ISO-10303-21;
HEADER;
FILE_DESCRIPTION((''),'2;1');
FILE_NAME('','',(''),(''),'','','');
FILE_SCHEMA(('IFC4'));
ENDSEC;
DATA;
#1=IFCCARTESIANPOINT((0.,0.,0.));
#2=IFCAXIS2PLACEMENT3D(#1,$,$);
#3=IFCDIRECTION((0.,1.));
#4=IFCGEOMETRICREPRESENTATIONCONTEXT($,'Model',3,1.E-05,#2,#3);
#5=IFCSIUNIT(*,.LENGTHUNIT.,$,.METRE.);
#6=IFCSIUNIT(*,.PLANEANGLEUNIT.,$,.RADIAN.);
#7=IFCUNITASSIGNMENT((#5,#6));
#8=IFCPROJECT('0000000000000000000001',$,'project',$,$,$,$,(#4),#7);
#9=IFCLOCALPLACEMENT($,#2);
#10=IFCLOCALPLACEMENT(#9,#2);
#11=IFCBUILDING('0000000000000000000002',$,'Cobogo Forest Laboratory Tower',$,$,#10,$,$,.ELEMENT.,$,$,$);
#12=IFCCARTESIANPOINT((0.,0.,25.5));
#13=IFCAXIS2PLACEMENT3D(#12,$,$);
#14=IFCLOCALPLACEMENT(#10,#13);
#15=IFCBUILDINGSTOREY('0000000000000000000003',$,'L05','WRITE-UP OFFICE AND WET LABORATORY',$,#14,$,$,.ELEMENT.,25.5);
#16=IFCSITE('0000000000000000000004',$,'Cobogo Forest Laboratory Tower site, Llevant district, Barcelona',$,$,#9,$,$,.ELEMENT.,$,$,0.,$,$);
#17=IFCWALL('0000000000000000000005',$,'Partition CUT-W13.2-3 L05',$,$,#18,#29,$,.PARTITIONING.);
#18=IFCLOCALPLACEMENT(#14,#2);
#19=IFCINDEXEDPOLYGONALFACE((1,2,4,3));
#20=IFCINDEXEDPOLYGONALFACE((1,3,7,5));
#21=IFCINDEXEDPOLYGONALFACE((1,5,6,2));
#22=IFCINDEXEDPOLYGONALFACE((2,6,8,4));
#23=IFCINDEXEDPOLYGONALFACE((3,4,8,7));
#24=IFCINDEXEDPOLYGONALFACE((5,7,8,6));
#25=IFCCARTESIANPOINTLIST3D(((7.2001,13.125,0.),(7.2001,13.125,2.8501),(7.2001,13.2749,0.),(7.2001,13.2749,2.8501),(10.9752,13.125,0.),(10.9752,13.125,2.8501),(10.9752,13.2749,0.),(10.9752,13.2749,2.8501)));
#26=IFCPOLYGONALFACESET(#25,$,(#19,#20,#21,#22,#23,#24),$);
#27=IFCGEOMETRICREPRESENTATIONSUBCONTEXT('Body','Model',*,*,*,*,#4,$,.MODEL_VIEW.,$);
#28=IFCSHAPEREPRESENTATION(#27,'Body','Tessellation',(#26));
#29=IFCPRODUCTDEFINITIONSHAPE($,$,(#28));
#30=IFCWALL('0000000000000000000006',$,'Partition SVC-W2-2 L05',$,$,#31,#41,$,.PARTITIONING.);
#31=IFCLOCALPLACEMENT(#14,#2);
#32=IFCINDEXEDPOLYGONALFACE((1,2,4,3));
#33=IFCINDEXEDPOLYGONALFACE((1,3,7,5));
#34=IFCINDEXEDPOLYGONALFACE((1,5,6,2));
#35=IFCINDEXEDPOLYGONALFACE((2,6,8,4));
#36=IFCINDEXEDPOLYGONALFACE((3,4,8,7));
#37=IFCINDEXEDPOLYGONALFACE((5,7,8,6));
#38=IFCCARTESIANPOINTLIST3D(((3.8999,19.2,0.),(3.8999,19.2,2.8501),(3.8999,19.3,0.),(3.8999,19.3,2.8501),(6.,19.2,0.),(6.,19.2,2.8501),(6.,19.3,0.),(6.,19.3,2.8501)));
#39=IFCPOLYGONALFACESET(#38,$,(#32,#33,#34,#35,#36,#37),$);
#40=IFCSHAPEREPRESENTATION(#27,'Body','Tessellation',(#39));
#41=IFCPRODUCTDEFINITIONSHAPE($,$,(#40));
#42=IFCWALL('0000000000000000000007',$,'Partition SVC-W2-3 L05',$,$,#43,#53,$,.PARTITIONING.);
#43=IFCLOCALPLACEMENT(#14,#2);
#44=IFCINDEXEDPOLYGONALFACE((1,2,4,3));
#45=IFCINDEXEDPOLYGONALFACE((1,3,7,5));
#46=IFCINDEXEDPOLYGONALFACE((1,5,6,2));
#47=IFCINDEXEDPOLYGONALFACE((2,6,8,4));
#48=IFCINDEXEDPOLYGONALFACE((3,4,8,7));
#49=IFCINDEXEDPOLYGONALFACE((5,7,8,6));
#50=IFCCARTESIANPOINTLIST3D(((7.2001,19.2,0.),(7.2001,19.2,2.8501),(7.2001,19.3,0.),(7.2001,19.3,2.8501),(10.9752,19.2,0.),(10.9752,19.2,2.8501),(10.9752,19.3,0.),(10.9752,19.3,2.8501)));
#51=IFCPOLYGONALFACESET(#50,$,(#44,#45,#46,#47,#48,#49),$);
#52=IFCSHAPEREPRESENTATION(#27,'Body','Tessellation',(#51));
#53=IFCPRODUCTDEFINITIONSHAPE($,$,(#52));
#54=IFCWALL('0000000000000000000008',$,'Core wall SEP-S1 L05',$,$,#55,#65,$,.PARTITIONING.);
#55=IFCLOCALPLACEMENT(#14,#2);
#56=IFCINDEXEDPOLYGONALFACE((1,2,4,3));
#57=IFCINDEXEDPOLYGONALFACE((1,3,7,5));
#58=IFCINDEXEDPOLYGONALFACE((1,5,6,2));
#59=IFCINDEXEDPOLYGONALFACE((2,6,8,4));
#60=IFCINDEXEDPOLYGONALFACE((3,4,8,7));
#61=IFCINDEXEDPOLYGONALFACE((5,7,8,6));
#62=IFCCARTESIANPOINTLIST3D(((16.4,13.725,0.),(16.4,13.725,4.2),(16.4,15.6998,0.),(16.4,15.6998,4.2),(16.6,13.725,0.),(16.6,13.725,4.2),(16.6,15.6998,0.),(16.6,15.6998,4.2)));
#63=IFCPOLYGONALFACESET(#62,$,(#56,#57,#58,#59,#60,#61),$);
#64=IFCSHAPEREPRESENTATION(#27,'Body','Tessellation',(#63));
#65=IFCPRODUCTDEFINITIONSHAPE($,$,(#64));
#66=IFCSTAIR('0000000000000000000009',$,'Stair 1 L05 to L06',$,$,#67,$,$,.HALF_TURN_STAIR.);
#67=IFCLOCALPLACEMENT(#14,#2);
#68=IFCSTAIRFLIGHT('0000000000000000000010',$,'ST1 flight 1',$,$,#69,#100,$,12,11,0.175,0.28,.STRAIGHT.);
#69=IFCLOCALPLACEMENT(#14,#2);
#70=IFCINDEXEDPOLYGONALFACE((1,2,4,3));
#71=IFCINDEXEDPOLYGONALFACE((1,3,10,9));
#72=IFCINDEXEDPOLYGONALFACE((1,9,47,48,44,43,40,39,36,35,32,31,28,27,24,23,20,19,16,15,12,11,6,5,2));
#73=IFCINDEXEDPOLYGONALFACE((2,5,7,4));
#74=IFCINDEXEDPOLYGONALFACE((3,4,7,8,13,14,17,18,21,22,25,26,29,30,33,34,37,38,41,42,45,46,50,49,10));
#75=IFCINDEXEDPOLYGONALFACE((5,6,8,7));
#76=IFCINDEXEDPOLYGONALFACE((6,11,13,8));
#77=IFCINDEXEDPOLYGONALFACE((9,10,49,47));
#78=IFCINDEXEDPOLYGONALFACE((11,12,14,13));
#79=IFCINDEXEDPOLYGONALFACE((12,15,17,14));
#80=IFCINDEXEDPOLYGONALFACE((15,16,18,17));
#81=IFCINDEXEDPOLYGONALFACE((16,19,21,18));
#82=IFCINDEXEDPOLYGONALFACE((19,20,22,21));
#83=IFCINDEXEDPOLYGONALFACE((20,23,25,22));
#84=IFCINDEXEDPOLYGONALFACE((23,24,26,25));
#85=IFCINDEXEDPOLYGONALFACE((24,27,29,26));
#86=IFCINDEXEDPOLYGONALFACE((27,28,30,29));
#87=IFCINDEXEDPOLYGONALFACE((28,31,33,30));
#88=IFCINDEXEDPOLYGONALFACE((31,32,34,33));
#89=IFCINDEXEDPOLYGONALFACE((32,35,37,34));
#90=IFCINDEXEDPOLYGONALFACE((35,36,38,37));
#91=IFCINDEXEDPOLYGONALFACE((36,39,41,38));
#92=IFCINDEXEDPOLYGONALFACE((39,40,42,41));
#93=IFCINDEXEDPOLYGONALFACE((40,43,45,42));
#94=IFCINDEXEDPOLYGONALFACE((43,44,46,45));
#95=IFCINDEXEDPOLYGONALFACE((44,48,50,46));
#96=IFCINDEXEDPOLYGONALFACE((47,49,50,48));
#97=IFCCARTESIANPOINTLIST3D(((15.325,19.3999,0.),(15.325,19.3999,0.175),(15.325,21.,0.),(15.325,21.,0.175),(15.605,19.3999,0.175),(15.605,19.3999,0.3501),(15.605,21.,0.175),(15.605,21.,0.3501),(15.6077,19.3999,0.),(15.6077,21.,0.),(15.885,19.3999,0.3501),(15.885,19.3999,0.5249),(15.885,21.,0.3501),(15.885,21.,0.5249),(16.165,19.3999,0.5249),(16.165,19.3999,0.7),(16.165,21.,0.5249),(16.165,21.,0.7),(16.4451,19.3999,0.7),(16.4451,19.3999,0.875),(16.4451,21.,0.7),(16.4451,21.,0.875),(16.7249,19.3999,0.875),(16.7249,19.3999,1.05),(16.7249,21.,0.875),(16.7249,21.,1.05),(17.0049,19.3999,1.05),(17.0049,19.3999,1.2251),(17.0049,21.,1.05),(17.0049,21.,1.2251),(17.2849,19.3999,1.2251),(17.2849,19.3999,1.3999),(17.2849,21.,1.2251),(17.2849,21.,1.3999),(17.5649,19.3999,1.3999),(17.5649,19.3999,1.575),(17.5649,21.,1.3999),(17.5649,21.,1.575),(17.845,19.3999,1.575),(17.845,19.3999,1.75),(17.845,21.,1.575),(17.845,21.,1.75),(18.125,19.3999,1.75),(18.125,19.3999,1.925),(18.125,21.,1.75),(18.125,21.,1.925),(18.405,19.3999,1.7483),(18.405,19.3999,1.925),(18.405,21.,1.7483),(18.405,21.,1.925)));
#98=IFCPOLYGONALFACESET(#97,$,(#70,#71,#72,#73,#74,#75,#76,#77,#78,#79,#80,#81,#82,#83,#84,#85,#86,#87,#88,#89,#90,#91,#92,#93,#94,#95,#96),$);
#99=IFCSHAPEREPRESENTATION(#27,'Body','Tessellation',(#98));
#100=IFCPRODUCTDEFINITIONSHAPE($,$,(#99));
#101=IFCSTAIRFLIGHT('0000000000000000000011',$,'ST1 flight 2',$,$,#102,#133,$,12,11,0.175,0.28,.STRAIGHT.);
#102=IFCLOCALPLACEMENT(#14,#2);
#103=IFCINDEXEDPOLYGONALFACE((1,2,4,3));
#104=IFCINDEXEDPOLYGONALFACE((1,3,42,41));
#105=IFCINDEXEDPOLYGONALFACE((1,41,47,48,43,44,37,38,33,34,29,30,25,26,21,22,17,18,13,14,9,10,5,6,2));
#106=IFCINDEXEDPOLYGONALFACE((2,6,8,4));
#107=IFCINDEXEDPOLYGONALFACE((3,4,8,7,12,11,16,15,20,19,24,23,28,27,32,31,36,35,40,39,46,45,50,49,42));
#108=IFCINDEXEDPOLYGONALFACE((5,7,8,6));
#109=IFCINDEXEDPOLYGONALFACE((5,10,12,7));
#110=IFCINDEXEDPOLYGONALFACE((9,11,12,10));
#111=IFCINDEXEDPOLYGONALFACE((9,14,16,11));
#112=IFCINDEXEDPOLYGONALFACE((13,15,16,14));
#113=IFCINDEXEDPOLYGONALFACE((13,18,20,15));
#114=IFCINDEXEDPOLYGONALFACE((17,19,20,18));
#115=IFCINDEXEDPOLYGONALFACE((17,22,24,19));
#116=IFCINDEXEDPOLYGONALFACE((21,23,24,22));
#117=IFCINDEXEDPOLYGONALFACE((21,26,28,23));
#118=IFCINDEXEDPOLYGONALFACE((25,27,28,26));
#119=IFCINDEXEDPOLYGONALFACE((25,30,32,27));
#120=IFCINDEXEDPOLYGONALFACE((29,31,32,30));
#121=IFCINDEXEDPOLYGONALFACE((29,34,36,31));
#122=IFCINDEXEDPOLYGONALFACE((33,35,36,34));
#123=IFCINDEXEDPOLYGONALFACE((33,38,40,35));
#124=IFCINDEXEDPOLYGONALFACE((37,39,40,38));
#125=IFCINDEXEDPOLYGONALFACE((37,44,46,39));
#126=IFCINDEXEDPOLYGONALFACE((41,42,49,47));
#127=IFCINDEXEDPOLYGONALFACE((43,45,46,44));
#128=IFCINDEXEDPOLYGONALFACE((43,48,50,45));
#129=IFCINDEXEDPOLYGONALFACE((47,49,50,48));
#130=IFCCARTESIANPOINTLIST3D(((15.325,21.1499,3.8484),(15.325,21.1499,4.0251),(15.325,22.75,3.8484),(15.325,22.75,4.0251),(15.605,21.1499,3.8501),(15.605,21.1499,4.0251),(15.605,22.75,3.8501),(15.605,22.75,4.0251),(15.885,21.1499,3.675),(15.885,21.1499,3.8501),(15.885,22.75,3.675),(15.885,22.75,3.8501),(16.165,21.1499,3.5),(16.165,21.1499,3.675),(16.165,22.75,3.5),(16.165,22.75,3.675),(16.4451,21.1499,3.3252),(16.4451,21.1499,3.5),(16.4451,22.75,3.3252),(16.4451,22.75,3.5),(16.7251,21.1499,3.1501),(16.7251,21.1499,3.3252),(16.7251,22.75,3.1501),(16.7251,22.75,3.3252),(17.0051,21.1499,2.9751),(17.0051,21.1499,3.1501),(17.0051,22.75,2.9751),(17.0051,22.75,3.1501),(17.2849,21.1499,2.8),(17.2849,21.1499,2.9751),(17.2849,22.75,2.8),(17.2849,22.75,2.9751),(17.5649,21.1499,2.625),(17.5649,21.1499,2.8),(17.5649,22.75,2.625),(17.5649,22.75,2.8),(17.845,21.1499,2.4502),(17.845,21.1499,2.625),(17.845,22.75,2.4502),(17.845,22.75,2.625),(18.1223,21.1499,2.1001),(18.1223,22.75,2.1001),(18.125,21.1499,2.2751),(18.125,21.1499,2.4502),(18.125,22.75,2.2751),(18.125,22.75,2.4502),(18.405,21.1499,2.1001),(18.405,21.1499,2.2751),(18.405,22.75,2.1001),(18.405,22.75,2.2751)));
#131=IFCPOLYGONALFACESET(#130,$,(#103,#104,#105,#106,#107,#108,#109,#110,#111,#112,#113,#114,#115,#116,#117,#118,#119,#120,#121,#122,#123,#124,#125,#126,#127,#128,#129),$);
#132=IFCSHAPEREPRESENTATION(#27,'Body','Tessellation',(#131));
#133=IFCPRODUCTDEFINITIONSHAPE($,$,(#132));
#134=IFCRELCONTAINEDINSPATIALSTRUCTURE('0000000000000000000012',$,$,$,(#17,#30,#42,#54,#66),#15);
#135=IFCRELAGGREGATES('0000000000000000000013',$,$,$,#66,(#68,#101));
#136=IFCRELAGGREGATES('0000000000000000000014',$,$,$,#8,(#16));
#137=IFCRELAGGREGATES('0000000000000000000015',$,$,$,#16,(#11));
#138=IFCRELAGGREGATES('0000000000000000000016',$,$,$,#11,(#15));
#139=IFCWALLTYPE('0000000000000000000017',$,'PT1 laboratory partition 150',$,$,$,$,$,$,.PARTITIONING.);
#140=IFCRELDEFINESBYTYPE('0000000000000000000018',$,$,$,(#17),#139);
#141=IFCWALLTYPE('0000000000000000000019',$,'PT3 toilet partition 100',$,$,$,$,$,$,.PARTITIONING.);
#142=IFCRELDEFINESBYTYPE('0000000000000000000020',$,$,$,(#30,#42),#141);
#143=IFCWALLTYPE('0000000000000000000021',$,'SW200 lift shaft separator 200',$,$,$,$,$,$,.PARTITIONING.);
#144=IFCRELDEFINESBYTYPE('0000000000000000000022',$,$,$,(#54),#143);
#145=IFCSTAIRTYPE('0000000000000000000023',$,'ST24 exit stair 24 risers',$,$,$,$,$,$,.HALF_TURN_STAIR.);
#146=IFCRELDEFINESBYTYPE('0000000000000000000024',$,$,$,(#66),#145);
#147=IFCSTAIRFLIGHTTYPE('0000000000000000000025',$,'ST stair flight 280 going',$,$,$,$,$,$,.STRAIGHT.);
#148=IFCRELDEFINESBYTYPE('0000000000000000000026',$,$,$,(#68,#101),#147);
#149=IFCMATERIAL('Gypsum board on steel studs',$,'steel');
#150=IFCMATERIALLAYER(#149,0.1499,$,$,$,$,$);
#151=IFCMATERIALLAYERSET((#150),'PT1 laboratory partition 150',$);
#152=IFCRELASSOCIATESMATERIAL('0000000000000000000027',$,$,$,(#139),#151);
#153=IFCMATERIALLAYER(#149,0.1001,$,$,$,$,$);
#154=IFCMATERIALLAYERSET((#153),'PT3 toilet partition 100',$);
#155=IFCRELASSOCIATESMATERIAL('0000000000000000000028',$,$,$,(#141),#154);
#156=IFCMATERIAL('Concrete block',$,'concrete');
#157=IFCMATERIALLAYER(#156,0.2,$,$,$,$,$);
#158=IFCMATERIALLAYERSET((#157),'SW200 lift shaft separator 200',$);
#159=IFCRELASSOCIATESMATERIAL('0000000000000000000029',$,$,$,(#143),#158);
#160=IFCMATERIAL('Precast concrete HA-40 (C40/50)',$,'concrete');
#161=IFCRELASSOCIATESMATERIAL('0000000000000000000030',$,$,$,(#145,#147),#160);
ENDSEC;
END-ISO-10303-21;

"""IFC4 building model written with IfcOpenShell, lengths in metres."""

from ifc_helpers import new_model, si_unit, direction, frame, frame_2d, origin, place, context, subcontext, project, spatial, polyline, rectangle, outline, extrude, material, layer, layer_set, type_object, element, aggregate, save


model = new_model("IFC4")

# Units and contexts
model_context = context("Model", 3, precision=1e-05, world=origin(), true_north=direction((0.0, 1.0)))
body_context = subcontext(model_context, "Body", "Model", "MODEL_VIEW")
ifc_project = project(units=[si_unit("LENGTHUNIT", "METRE"), si_unit("PLANEANGLEUNIT", "RADIAN")], contexts=[model_context])

# Site, building, storey
site_placement = place(None, origin())
site = spatial("IfcSite", under=ifc_project, at=site_placement, Name="Cobogo Forest Laboratory Tower site, Llevant district, Barcelona", CompositionType="ELEMENT", RefElevation=0.0)
building_placement = place(site_placement, origin())
building = spatial("IfcBuilding", under=site, at=building_placement, Name="Cobogo Forest Laboratory Tower", CompositionType="ELEMENT")
storey_placement = place(building_placement, frame((0.0, 0.0, 25.5)))
storey = spatial("IfcBuildingStorey", under=building, at=storey_placement, Name="L05", Description="WRITE-UP OFFICE AND WET LABORATORY", CompositionType="ELEMENT", Elevation=25.5)

# Walls
ifc_material_1 = material(Name="Gypsum board on steel studs", Category="steel")
ifc_layer_1 = layer(ifc_material_1, 0.1499)
ifc_layer_set_1 = layer_set([ifc_layer_1], Name="PT1 laboratory partition 150")
wall_type_1 = type_object("IfcWallType", Name="PT1 laboratory partition 150", PredefinedType="PARTITIONING", material=ifc_layer_set_1)
wall_1_placement = place(storey_placement, frame((7.2, 13.2, 0.0), z_axis=(0.0, 0.0, 1.0), x_axis=(1.0, 0.0, 0.0)))
element("IfcWall", 1, at=wall_1_placement, inside=storey, type_object=wall_type_1, Name="Partition CUT-W13.2-3 L05", PredefinedType="PARTITIONING", context=body_context, shape_type="SweptSolid", body=[
    extrude(rectangle(XDim=3.7751, YDim=0.1499, at=frame_2d((1.8877, 0.0))), origin(), (0.0, 0.0, 1.0), 2.8501),
])
ifc_layer_2 = layer(ifc_material_1, 0.1001)
ifc_layer_set_2 = layer_set([ifc_layer_2], Name="PT3 toilet partition 100")
wall_type_2 = type_object("IfcWallType", Name="PT3 toilet partition 100", PredefinedType="PARTITIONING", material=ifc_layer_set_2)
wall_2_placement = place(storey_placement, frame((3.8999, 19.25, 0.0), z_axis=(0.0, 0.0, 1.0), x_axis=(1.0, 0.0, 0.0)))
element("IfcWall", 2, at=wall_2_placement, inside=storey, type_object=wall_type_2, Name="Partition SVC-W2-2 L05", PredefinedType="PARTITIONING", context=body_context, shape_type="SweptSolid", body=[
    extrude(rectangle(XDim=2.1001, YDim=0.1001, at=frame_2d((1.05, 0.0))), origin(), (0.0, 0.0, 1.0), 2.8501),
])
wall_3_placement = place(storey_placement, frame((7.2, 19.25, 0.0), z_axis=(0.0, 0.0, 1.0), x_axis=(1.0, 0.0, 0.0)))
element("IfcWall", 3, at=wall_3_placement, inside=storey, type_object=wall_type_2, Name="Partition SVC-W2-3 L05", PredefinedType="PARTITIONING", context=body_context, shape_type="SweptSolid", body=[
    extrude(rectangle(XDim=3.7751, YDim=0.1001, at=frame_2d((1.8877, 0.0))), origin(), (0.0, 0.0, 1.0), 2.8501),
])
ifc_material_2 = material(Name="Concrete block", Category="concrete")
ifc_layer_3 = layer(ifc_material_2, 0.2)
ifc_layer_set_3 = layer_set([ifc_layer_3], Name="SW200 lift shaft separator 200")
wall_type_3 = type_object("IfcWallType", Name="SW200 lift shaft separator 200", PredefinedType="PARTITIONING", material=ifc_layer_set_3)
wall_4_placement = place(storey_placement, frame((16.5, 13.7251, 0.0), z_axis=(0.0, 0.0, 1.0), x_axis=(0.0, 1.0, 0.0)))
element("IfcWall", 4, at=wall_4_placement, inside=storey, type_object=wall_type_3, Name="Core wall SEP-S1 L05", PredefinedType="PARTITIONING", context=body_context, shape_type="SweptSolid", body=[
    extrude(rectangle(XDim=1.9749, YDim=0.2, at=frame_2d((0.9873, 0.0))), origin(), (0.0, 0.0, 1.0), 4.2),
])

# Stair, stair flights
ifc_material_3 = material(Name="Precast concrete HA-40 (C40/50)", Category="concrete")
stair_type = type_object("IfcStairType", Name="ST24 exit stair 24 risers", PredefinedType="HALF_TURN_STAIR", material=ifc_material_3)
stair_placement = place(storey_placement, origin())
stair = element("IfcStair", 5, at=stair_placement, inside=storey, type_object=stair_type, Name="Stair 1 L05 to L06", PredefinedType="HALF_TURN_STAIR")
stair_flight_type = type_object("IfcStairFlightType", Name="ST stair flight 280 going", PredefinedType="STRAIGHT", material=ifc_material_3)
stair_flight_1_placement = place(storey_placement, frame((15.325, 20.2, 0.0), z_axis=(0.0, 0.0, 1.0), x_axis=(1.0, 0.0, 0.0)))
stair_flight_1 = element("IfcStairFlight", 6, at=stair_flight_1_placement, type_object=stair_flight_type, Name="ST1 flight 1", NumberOfRisers=12, NumberOfTreads=11, PredefinedType="STRAIGHT", RiserHeight=0.175, TreadLength=0.28, context=body_context, shape_type="SweptSolid", body=[
    extrude(outline(polyline([(0.0, 0.0), (0.0, 0.175), (0.28, 0.175), (0.28, 0.3501), (0.5601, 0.3501), (0.5601, 0.5249), (0.8401, 0.5249), (0.8401, 0.7), (1.1201, 0.7), (1.1201, 0.875), (1.3999, 0.875), (1.3999, 1.05), (1.6799, 1.05), (1.6799, 1.2251), (1.96, 1.2251), (1.96, 1.3999), (2.24, 1.3999), (2.24, 1.575), (2.52, 1.575), (2.52, 1.75), (2.8, 1.75), (2.8, 1.925), (3.0801, 1.925), (3.0801, 2.1001), (3.0801, 1.7483), (0.2827, 0.0), (0.0, 0.0)])), frame((0.0, 0.8, 0.0), z_axis=(0.0, -1.0, 0.0), x_axis=(1.0, 0.0, 0.0)), (0.0, 0.0, 1.0), 1.6001),
])
stair_flight_2_placement = place(storey_placement, frame((18.405, 21.95, 2.1001), z_axis=(0.0, 0.0, 1.0), x_axis=(-1.0, 0.0, 0.0)))
stair_flight_2 = element("IfcStairFlight", 7, at=stair_flight_2_placement, type_object=stair_flight_type, Name="ST1 flight 2", NumberOfRisers=12, NumberOfTreads=11, PredefinedType="STRAIGHT", RiserHeight=0.175, TreadLength=0.28, context=body_context, shape_type="SweptSolid", body=[
    extrude(outline(polyline([(0.0, 0.0), (0.0, 0.175), (0.28, 0.175), (0.28, 0.3501), (0.5601, 0.3501), (0.5601, 0.5249), (0.8401, 0.5249), (0.8401, 0.7), (1.1201, 0.7), (1.1201, 0.875), (1.3999, 0.875), (1.3999, 1.05), (1.6799, 1.05), (1.6799, 1.2251), (1.96, 1.2251), (1.96, 1.3999), (2.24, 1.3999), (2.24, 1.575), (2.52, 1.575), (2.52, 1.75), (2.8, 1.75), (2.8, 1.925), (3.0801, 1.925), (3.0801, 2.1001), (3.0801, 1.7483), (0.2827, 0.0), (0.0, 0.0)])), frame((0.0, 0.8, 0.0), z_axis=(0.0, -1.0, 0.0), x_axis=(1.0, 0.0, 0.0)), (0.0, 0.0, 1.0), 1.6001),
])
aggregate(stair, [stair_flight_1, stair_flight_2])

save(model, "model.ifc")
